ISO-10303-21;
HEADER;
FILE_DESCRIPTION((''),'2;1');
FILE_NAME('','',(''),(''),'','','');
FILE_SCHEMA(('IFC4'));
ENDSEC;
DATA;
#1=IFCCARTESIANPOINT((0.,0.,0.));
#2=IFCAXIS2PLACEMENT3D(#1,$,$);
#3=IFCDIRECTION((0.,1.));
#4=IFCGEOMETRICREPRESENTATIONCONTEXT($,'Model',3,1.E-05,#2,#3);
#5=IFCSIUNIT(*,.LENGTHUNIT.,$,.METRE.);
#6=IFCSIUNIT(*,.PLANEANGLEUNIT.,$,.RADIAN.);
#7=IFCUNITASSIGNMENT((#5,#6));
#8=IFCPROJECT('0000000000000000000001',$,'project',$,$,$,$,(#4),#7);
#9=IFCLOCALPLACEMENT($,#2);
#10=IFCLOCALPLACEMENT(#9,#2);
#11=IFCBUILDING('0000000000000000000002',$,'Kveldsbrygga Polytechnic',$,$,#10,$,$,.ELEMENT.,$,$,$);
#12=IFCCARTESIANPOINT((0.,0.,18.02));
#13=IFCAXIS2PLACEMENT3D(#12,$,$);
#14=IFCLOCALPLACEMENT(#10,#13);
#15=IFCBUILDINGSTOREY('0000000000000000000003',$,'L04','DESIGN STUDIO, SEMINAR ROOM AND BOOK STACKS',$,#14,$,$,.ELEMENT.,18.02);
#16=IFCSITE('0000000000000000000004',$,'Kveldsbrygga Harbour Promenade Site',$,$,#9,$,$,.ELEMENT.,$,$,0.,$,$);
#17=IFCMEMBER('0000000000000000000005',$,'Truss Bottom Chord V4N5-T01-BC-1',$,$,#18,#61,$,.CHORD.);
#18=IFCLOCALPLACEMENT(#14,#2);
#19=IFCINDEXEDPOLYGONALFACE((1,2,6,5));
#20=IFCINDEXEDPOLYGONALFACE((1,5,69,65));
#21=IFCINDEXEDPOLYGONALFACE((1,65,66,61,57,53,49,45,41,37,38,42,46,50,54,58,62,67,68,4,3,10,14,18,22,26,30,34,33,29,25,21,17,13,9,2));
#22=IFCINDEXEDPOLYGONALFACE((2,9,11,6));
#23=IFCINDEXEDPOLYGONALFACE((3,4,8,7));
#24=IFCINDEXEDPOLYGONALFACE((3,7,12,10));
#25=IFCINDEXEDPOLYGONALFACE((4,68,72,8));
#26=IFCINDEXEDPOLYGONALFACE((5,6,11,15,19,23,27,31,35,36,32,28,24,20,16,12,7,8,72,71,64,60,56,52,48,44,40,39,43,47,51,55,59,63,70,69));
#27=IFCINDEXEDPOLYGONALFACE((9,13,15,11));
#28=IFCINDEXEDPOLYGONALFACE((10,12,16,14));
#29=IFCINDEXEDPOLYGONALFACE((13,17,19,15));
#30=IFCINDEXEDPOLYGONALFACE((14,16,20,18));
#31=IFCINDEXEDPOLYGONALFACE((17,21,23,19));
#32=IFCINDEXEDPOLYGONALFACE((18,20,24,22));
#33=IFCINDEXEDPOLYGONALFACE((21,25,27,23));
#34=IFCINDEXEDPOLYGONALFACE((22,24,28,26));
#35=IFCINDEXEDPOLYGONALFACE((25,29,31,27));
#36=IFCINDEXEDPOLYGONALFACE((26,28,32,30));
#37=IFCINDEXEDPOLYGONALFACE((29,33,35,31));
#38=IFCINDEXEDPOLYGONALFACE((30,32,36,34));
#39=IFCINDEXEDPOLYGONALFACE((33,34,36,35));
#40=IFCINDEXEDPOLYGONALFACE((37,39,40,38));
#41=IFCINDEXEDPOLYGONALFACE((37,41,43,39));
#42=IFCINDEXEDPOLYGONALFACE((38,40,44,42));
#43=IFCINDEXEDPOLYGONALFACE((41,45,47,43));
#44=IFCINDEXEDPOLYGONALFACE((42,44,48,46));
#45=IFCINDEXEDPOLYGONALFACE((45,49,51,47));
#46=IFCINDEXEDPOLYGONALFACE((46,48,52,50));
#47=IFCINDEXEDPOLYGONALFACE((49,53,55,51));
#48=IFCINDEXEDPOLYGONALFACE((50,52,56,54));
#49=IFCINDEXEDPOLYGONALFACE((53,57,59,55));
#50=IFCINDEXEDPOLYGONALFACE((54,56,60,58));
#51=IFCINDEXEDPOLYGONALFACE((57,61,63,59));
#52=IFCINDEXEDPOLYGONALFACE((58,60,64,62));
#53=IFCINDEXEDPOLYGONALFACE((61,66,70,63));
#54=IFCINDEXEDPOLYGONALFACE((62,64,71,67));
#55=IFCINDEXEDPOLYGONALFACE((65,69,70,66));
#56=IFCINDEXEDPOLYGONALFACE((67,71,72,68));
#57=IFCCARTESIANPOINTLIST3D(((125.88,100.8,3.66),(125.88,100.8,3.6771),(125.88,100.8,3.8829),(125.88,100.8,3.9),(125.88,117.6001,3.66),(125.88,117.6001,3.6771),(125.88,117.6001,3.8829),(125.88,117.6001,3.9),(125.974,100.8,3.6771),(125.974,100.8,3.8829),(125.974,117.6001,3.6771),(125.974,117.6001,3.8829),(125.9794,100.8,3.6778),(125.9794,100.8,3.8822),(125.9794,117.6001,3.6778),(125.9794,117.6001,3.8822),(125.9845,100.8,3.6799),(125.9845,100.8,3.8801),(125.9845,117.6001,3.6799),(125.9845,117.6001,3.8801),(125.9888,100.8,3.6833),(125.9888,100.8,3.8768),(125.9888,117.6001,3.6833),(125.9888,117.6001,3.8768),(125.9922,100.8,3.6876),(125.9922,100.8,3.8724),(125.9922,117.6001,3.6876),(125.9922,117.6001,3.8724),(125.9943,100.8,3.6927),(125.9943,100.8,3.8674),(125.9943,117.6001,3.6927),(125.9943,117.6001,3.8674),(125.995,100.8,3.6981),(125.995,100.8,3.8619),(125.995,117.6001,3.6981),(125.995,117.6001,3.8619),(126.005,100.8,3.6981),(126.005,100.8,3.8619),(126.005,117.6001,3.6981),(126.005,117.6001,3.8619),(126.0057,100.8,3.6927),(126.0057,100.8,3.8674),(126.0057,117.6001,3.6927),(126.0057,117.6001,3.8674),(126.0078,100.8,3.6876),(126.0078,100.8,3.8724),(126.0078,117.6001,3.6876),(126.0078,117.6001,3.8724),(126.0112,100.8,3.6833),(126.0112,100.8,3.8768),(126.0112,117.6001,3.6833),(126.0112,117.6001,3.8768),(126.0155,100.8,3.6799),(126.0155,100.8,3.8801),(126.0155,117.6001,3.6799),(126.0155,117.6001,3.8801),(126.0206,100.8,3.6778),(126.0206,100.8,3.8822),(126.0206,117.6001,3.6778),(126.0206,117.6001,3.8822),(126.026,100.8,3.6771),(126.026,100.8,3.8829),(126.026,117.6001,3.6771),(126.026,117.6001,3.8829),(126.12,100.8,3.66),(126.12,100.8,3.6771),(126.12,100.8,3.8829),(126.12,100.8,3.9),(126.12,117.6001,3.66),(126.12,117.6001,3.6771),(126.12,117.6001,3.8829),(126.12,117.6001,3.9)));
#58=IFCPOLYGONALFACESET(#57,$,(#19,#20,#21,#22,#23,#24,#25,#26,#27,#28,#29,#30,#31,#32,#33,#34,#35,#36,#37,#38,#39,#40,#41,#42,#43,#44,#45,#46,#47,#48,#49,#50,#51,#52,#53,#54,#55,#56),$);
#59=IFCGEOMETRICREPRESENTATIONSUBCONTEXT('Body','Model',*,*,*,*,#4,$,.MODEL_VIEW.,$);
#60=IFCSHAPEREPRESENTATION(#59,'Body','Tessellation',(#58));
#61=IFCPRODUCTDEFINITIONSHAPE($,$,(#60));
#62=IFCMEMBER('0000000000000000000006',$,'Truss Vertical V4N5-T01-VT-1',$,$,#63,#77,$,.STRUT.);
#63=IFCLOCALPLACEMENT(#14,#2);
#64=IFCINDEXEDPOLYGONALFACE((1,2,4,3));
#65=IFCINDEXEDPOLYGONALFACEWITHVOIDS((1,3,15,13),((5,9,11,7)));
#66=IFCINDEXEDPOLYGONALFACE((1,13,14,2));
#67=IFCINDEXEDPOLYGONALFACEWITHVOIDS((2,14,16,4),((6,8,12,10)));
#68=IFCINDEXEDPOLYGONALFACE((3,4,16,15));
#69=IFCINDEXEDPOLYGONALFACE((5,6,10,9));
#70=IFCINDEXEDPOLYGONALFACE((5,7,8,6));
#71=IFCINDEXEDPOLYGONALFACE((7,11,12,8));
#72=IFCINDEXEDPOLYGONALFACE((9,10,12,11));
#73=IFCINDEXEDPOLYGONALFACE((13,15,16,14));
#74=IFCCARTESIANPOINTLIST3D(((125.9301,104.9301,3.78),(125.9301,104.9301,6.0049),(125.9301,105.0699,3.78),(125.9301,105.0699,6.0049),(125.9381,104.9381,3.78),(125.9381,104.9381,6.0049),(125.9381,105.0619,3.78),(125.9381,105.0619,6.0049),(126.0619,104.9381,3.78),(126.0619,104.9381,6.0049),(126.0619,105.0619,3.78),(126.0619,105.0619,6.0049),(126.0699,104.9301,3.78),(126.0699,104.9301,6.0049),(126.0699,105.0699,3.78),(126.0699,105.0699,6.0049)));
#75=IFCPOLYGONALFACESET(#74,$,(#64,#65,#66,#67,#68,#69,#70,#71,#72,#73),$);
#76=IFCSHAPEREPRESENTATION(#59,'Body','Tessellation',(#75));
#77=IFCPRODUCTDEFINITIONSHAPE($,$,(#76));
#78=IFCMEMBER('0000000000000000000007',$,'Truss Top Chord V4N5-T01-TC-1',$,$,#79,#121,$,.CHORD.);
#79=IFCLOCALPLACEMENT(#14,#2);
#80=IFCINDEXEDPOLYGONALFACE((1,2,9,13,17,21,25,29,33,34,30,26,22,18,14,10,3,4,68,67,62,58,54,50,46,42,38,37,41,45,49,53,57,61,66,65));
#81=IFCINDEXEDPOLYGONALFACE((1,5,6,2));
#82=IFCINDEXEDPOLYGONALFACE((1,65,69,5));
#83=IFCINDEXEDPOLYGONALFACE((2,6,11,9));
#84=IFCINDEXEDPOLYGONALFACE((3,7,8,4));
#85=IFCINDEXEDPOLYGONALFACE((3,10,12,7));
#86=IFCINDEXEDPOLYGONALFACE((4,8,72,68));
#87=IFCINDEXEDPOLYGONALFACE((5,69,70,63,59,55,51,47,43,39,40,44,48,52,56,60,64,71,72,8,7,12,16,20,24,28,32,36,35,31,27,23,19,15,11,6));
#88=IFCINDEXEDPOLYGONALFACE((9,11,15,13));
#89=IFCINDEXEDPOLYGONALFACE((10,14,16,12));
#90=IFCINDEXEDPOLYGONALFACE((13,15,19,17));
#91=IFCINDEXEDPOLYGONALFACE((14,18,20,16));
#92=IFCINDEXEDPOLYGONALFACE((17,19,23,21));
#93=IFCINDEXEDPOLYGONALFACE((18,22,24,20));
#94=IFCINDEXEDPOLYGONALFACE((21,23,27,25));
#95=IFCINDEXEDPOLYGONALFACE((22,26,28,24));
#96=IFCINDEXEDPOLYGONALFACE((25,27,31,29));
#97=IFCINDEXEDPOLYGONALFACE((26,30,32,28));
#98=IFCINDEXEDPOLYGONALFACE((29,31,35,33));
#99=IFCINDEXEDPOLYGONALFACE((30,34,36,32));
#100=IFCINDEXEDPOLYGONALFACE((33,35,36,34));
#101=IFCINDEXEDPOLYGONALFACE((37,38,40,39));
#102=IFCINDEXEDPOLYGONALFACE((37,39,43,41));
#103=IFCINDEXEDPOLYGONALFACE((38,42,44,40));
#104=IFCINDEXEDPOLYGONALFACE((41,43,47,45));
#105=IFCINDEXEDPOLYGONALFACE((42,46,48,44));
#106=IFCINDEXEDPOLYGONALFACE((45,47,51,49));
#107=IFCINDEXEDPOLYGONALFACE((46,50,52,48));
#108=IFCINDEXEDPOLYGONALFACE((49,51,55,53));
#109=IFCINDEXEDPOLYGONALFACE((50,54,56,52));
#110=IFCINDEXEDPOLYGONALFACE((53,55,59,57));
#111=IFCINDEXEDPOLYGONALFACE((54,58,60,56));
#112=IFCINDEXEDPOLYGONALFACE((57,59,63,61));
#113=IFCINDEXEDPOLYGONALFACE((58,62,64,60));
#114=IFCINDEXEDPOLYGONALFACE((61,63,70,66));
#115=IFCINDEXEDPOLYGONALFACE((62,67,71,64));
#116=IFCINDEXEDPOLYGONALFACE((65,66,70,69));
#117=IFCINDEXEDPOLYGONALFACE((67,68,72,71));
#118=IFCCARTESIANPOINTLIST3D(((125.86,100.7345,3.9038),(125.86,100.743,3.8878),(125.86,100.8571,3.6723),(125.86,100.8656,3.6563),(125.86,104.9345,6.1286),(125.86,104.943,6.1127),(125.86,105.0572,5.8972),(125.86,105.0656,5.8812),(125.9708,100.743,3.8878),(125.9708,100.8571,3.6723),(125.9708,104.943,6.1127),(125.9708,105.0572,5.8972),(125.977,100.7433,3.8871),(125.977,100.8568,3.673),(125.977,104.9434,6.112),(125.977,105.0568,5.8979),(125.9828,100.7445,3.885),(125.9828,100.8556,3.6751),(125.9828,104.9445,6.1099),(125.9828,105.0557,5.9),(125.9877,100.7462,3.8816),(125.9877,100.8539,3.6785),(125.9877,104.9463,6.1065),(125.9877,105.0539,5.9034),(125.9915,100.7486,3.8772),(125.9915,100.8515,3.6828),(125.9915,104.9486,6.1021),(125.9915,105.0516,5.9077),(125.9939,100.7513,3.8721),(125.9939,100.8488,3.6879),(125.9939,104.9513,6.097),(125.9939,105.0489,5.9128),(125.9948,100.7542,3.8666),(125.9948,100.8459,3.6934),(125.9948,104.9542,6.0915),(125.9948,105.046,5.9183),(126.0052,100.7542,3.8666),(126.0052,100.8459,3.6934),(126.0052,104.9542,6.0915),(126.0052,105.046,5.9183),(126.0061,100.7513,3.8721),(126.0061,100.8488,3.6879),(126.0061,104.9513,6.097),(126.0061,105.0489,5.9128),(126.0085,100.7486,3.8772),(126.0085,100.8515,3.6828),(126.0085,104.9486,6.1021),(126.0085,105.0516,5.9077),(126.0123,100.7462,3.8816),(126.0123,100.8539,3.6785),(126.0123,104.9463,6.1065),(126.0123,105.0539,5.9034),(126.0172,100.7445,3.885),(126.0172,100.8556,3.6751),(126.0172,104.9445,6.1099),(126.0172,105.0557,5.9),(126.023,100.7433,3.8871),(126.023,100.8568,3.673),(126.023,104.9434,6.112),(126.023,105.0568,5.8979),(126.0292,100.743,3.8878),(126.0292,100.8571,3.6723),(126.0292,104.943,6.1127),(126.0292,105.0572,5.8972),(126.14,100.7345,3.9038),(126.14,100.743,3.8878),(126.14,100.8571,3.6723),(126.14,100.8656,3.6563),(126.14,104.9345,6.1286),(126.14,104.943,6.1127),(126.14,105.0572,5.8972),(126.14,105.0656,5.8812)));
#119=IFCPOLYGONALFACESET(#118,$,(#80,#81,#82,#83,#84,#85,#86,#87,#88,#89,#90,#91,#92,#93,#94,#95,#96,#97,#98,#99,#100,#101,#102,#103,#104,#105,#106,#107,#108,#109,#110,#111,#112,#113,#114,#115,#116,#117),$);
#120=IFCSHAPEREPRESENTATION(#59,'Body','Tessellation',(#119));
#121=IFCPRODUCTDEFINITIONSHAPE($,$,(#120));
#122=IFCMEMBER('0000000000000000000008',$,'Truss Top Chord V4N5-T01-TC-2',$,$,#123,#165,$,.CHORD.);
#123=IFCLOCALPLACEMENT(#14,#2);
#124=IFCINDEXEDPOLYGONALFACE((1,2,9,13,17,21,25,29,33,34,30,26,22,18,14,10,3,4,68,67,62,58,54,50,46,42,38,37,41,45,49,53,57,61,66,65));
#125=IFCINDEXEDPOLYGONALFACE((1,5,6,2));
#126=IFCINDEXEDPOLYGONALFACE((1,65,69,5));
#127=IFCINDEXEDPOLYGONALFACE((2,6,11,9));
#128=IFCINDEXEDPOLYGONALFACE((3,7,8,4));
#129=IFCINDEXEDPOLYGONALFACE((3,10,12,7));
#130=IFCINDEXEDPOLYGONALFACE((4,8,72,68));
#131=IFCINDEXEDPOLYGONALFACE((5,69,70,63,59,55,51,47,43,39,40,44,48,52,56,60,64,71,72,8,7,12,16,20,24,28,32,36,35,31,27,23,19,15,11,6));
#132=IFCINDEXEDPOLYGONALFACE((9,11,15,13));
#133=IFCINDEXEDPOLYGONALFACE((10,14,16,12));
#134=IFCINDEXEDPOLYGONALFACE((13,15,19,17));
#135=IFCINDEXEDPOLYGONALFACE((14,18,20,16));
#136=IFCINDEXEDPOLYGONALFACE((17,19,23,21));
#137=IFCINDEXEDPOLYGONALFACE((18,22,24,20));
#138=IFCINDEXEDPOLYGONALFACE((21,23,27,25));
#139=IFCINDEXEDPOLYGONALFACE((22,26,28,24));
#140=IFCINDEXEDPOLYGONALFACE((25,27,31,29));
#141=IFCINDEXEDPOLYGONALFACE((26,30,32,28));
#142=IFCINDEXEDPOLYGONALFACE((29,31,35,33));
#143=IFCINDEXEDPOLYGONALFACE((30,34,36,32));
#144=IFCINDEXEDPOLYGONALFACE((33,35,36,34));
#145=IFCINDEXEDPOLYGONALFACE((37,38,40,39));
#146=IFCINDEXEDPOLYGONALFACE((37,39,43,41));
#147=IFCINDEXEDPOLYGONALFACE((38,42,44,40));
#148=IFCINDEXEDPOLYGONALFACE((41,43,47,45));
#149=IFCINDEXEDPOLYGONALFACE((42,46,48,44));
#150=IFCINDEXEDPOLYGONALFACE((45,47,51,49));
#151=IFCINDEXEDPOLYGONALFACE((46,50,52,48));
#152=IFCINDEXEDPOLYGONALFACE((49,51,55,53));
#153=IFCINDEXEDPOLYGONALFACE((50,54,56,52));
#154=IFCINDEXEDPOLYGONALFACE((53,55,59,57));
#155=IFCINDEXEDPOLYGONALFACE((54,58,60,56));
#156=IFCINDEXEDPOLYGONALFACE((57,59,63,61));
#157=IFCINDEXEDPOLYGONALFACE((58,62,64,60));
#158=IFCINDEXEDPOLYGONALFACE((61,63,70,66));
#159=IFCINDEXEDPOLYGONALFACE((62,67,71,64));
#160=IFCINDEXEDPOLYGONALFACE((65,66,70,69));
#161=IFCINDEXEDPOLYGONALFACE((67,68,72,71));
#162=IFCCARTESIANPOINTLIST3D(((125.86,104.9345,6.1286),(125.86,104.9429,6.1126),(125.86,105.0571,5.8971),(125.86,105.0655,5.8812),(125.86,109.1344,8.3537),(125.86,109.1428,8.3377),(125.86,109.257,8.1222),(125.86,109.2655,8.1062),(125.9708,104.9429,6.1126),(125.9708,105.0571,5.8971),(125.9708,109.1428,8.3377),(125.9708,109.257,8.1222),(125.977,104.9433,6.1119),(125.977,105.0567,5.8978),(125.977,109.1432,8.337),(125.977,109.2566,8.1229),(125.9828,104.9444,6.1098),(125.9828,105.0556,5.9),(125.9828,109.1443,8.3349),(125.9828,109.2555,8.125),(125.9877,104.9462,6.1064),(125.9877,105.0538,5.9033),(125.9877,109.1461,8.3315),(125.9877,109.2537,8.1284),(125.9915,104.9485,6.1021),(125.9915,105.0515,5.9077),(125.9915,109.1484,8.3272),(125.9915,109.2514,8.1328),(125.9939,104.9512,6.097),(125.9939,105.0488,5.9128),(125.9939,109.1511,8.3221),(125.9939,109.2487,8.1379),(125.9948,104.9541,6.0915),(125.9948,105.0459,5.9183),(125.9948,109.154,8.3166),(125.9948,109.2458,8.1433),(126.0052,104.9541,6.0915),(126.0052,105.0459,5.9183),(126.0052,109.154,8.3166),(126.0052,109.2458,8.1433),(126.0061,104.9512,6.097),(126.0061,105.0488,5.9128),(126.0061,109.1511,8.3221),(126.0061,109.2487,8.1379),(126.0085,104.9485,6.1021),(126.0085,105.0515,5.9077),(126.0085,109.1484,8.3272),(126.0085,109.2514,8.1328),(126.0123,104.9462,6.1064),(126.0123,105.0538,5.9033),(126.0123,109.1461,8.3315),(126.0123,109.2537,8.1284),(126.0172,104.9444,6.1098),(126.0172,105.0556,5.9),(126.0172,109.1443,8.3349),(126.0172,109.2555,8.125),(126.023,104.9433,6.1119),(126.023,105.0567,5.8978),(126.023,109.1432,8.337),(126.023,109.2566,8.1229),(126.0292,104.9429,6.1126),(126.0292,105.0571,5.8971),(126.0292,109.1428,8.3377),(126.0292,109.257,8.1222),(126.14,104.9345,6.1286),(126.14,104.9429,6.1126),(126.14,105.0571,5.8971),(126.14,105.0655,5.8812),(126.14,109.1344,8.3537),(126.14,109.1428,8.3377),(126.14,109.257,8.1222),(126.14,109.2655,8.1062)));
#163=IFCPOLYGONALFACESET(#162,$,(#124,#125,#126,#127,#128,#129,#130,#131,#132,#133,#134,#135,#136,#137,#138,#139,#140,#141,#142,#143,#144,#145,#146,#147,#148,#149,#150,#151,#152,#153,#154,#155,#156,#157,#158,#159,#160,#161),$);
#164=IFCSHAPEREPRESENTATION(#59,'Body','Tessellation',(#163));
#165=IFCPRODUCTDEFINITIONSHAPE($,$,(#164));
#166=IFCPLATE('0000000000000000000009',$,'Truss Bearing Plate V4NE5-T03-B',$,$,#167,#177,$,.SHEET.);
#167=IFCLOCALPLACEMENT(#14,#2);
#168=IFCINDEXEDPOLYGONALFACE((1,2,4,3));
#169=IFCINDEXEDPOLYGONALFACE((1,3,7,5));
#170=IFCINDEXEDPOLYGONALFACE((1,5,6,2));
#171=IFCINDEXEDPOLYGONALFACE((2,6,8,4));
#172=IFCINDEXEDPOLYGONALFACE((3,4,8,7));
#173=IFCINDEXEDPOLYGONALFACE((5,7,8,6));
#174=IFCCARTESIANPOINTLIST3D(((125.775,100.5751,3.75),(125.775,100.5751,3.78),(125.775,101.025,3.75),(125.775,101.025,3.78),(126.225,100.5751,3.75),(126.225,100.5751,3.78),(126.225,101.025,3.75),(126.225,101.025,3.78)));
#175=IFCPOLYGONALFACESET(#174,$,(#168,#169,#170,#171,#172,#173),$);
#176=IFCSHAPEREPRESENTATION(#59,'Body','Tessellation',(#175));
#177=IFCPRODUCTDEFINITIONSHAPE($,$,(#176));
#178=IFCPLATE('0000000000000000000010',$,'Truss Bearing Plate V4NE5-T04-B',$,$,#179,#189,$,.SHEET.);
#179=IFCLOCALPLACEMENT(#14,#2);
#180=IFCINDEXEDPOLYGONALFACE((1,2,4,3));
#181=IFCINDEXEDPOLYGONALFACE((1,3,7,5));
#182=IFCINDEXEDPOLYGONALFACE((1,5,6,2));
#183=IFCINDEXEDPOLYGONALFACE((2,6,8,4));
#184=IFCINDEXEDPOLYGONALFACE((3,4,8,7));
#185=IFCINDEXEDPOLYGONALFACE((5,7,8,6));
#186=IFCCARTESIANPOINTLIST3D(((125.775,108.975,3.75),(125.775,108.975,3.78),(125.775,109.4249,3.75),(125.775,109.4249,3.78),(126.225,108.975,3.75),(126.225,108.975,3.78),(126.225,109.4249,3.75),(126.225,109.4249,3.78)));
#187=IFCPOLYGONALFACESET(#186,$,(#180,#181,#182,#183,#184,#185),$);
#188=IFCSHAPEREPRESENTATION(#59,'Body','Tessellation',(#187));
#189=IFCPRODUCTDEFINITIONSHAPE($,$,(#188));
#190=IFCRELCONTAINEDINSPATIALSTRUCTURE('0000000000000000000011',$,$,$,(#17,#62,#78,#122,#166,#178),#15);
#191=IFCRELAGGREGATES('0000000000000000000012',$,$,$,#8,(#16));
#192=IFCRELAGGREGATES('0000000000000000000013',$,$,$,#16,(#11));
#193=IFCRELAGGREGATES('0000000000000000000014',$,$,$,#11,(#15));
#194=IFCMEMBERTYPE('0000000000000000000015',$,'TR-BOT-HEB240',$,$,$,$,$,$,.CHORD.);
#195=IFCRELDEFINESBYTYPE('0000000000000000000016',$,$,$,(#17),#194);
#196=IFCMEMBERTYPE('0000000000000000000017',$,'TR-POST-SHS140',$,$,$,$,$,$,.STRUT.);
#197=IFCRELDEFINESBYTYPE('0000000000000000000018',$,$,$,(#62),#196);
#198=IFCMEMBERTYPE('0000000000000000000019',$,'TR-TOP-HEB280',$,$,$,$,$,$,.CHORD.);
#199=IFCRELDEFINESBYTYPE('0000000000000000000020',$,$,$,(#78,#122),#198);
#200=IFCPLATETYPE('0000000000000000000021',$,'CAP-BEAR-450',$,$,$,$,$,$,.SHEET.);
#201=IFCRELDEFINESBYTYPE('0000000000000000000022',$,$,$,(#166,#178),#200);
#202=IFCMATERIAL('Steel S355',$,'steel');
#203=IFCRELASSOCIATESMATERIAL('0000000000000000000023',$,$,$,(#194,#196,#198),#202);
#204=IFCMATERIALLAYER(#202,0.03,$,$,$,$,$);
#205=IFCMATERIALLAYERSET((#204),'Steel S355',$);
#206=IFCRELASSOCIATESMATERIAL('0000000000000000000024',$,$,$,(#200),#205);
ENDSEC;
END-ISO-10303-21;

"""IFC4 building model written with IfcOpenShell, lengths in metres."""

from ifc_helpers import new_model, si_unit, direction, frame, origin, origin_2d, place, context, subcontext, project, spatial, rectangle, hollow_rectangle, i_section, extrude, material, layer, layer_set, material_profile, profile_set, type_object, element, save


model = new_model("IFC4")

# Units and contexts
model_context = context("Model", 3, precision=1e-05, world=origin(), true_north=direction((0.0, 1.0)))
body_context = subcontext(model_context, "Body", "Model", "MODEL_VIEW")
ifc_project = project(units=[si_unit("LENGTHUNIT", "METRE"), si_unit("PLANEANGLEUNIT", "RADIAN")], contexts=[model_context])

# Site, building, storey
site_placement = place(None, origin())
site = spatial("IfcSite", under=ifc_project, at=site_placement, Name="Kveldsbrygga Harbour Promenade Site", CompositionType="ELEMENT", RefElevation=0.0)
building_placement = place(site_placement, origin())
building = spatial("IfcBuilding", under=site, at=building_placement, Name="Kveldsbrygga Polytechnic", CompositionType="ELEMENT")
storey_placement = place(building_placement, frame((0.0, 0.0, 18.02)))
storey = spatial("IfcBuildingStorey", under=building, at=storey_placement, Name="L04", Description="DESIGN STUDIO, SEMINAR ROOM AND BOOK STACKS", CompositionType="ELEMENT", Elevation=18.02)

# Members
ifc_material_1 = material(Name="Steel S355", Category="steel")
ifc_material_profile_1 = material_profile(ifc_material_1, i_section(OverallWidth=0.24, OverallDepth=0.24, WebThickness=0.01, FlangeThickness=0.0171, FilletRadius=0.021, at=origin_2d()), Name="HEB 240")
ifc_profile_set_1 = profile_set([ifc_material_profile_1], Name="Steel S355")
member_type_1 = type_object("IfcMemberType", Name="TR-BOT-HEB240", PredefinedType="CHORD", material=ifc_profile_set_1)
member_1_placement = place(storey_placement, frame((126.0, 100.8, 3.78), z_axis=(0.0, 1.0, 0.0), x_axis=(-1.0, 0.0, 0.0)))
element("IfcMember", 1, at=member_1_placement, inside=storey, type_object=member_type_1, Name="Truss Bottom Chord V4N5-T01-BC-1", PredefinedType="CHORD", context=body_context, shape_type="SweptSolid", body=[
    extrude(i_section(OverallWidth=0.24, OverallDepth=0.24, WebThickness=0.01, FlangeThickness=0.0171, FilletRadius=0.021, at=origin_2d()), origin(), (0.0, 0.0, 1.0), 16.8),
])
ifc_material_profile_2 = material_profile(ifc_material_1, hollow_rectangle(XDim=0.1399, YDim=0.1399, WallThickness=0.0081, at=origin_2d()), Name="SHS 140x140x8.0")
ifc_profile_set_2 = profile_set([ifc_material_profile_2], Name="Steel S355")
member_type_2 = type_object("IfcMemberType", Name="TR-POST-SHS140", PredefinedType="STRUT", material=ifc_profile_set_2)
member_2_placement = place(storey_placement, frame((126.0, 105.0, 3.78), z_axis=(0.0, 0.0, 1.0), x_axis=(1.0, 0.0, 0.0)))
element("IfcMember", 2, at=member_2_placement, inside=storey, type_object=member_type_2, Name="Truss Vertical V4N5-T01-VT-1", PredefinedType="STRUT", context=body_context, shape_type="SweptSolid", body=[
    extrude(hollow_rectangle(XDim=0.1399, YDim=0.1399, WallThickness=0.0081, at=origin_2d()), origin(), (0.0, 0.0, 1.0), 2.2249),
])
ifc_material_profile_3 = material_profile(ifc_material_1, i_section(OverallWidth=0.28, OverallDepth=0.28, WebThickness=0.0105, FlangeThickness=0.0181, FilletRadius=0.0239, at=origin_2d()), Name="HEB 280")
ifc_profile_set_3 = profile_set([ifc_material_profile_3], Name="Steel S355")
member_type_3 = type_object("IfcMemberType", Name="TR-TOP-HEB280", PredefinedType="CHORD", material=ifc_profile_set_3)
for number, where, z_axis, x_axis, name in (
    (3, (126.0, 100.8, 3.78), (0.0, 0.88367, 0.46811), (-1.0, 0.0, 0.0), "Truss Top Chord V4N5-T01-TC-1"),
    (4, (126.0, 105.0, 6.0049), (0.0, 0.883649, 0.46815), (-1.0, 0.0, 0.0), "Truss Top Chord V4N5-T01-TC-2"),
):
    element("IfcMember", number, at=place(storey_placement, frame(where, z_axis=z_axis, x_axis=x_axis)), inside=storey, type_object=member_type_3, Name=name, PredefinedType="CHORD", context=body_context, shape_type="SweptSolid", body=[
        extrude(i_section(OverallWidth=0.28, OverallDepth=0.28, WebThickness=0.0105, FlangeThickness=0.0181, FilletRadius=0.0239, at=origin_2d()), origin(), (0.0, 0.0, 1.0), 4.7529),
    ])

# Plates
ifc_layer_1 = layer(ifc_material_1, 0.03)
ifc_layer_set_1 = layer_set([ifc_layer_1], Name="Steel S355")
plate_type_1 = type_object("IfcPlateType", Name="CAP-BEAR-450", PredefinedType="SHEET", material=ifc_layer_set_1)
for number, where, z_axis, x_axis, name in (
    (5, (126.0, 100.8, 3.75), (0.0, 0.0, 1.0), (1.0, 0.0, 0.0), "Truss Bearing Plate V4NE5-T03-B"),
    (6, (126.0, 109.2, 3.75), (0.0, 0.0, 1.0), (1.0, 0.0, 0.0), "Truss Bearing Plate V4NE5-T04-B"),
):
    element("IfcPlate", number, at=place(storey_placement, frame(where, z_axis=z_axis, x_axis=x_axis)), inside=storey, type_object=plate_type_1, Name=name, PredefinedType="SHEET", context=body_context, shape_type="SweptSolid", body=[
        extrude(rectangle(XDim=0.45, YDim=0.45, at=origin_2d()), origin(), (0.0, 0.0, 1.0), 0.03),
    ])

save(model, "model.ifc")
